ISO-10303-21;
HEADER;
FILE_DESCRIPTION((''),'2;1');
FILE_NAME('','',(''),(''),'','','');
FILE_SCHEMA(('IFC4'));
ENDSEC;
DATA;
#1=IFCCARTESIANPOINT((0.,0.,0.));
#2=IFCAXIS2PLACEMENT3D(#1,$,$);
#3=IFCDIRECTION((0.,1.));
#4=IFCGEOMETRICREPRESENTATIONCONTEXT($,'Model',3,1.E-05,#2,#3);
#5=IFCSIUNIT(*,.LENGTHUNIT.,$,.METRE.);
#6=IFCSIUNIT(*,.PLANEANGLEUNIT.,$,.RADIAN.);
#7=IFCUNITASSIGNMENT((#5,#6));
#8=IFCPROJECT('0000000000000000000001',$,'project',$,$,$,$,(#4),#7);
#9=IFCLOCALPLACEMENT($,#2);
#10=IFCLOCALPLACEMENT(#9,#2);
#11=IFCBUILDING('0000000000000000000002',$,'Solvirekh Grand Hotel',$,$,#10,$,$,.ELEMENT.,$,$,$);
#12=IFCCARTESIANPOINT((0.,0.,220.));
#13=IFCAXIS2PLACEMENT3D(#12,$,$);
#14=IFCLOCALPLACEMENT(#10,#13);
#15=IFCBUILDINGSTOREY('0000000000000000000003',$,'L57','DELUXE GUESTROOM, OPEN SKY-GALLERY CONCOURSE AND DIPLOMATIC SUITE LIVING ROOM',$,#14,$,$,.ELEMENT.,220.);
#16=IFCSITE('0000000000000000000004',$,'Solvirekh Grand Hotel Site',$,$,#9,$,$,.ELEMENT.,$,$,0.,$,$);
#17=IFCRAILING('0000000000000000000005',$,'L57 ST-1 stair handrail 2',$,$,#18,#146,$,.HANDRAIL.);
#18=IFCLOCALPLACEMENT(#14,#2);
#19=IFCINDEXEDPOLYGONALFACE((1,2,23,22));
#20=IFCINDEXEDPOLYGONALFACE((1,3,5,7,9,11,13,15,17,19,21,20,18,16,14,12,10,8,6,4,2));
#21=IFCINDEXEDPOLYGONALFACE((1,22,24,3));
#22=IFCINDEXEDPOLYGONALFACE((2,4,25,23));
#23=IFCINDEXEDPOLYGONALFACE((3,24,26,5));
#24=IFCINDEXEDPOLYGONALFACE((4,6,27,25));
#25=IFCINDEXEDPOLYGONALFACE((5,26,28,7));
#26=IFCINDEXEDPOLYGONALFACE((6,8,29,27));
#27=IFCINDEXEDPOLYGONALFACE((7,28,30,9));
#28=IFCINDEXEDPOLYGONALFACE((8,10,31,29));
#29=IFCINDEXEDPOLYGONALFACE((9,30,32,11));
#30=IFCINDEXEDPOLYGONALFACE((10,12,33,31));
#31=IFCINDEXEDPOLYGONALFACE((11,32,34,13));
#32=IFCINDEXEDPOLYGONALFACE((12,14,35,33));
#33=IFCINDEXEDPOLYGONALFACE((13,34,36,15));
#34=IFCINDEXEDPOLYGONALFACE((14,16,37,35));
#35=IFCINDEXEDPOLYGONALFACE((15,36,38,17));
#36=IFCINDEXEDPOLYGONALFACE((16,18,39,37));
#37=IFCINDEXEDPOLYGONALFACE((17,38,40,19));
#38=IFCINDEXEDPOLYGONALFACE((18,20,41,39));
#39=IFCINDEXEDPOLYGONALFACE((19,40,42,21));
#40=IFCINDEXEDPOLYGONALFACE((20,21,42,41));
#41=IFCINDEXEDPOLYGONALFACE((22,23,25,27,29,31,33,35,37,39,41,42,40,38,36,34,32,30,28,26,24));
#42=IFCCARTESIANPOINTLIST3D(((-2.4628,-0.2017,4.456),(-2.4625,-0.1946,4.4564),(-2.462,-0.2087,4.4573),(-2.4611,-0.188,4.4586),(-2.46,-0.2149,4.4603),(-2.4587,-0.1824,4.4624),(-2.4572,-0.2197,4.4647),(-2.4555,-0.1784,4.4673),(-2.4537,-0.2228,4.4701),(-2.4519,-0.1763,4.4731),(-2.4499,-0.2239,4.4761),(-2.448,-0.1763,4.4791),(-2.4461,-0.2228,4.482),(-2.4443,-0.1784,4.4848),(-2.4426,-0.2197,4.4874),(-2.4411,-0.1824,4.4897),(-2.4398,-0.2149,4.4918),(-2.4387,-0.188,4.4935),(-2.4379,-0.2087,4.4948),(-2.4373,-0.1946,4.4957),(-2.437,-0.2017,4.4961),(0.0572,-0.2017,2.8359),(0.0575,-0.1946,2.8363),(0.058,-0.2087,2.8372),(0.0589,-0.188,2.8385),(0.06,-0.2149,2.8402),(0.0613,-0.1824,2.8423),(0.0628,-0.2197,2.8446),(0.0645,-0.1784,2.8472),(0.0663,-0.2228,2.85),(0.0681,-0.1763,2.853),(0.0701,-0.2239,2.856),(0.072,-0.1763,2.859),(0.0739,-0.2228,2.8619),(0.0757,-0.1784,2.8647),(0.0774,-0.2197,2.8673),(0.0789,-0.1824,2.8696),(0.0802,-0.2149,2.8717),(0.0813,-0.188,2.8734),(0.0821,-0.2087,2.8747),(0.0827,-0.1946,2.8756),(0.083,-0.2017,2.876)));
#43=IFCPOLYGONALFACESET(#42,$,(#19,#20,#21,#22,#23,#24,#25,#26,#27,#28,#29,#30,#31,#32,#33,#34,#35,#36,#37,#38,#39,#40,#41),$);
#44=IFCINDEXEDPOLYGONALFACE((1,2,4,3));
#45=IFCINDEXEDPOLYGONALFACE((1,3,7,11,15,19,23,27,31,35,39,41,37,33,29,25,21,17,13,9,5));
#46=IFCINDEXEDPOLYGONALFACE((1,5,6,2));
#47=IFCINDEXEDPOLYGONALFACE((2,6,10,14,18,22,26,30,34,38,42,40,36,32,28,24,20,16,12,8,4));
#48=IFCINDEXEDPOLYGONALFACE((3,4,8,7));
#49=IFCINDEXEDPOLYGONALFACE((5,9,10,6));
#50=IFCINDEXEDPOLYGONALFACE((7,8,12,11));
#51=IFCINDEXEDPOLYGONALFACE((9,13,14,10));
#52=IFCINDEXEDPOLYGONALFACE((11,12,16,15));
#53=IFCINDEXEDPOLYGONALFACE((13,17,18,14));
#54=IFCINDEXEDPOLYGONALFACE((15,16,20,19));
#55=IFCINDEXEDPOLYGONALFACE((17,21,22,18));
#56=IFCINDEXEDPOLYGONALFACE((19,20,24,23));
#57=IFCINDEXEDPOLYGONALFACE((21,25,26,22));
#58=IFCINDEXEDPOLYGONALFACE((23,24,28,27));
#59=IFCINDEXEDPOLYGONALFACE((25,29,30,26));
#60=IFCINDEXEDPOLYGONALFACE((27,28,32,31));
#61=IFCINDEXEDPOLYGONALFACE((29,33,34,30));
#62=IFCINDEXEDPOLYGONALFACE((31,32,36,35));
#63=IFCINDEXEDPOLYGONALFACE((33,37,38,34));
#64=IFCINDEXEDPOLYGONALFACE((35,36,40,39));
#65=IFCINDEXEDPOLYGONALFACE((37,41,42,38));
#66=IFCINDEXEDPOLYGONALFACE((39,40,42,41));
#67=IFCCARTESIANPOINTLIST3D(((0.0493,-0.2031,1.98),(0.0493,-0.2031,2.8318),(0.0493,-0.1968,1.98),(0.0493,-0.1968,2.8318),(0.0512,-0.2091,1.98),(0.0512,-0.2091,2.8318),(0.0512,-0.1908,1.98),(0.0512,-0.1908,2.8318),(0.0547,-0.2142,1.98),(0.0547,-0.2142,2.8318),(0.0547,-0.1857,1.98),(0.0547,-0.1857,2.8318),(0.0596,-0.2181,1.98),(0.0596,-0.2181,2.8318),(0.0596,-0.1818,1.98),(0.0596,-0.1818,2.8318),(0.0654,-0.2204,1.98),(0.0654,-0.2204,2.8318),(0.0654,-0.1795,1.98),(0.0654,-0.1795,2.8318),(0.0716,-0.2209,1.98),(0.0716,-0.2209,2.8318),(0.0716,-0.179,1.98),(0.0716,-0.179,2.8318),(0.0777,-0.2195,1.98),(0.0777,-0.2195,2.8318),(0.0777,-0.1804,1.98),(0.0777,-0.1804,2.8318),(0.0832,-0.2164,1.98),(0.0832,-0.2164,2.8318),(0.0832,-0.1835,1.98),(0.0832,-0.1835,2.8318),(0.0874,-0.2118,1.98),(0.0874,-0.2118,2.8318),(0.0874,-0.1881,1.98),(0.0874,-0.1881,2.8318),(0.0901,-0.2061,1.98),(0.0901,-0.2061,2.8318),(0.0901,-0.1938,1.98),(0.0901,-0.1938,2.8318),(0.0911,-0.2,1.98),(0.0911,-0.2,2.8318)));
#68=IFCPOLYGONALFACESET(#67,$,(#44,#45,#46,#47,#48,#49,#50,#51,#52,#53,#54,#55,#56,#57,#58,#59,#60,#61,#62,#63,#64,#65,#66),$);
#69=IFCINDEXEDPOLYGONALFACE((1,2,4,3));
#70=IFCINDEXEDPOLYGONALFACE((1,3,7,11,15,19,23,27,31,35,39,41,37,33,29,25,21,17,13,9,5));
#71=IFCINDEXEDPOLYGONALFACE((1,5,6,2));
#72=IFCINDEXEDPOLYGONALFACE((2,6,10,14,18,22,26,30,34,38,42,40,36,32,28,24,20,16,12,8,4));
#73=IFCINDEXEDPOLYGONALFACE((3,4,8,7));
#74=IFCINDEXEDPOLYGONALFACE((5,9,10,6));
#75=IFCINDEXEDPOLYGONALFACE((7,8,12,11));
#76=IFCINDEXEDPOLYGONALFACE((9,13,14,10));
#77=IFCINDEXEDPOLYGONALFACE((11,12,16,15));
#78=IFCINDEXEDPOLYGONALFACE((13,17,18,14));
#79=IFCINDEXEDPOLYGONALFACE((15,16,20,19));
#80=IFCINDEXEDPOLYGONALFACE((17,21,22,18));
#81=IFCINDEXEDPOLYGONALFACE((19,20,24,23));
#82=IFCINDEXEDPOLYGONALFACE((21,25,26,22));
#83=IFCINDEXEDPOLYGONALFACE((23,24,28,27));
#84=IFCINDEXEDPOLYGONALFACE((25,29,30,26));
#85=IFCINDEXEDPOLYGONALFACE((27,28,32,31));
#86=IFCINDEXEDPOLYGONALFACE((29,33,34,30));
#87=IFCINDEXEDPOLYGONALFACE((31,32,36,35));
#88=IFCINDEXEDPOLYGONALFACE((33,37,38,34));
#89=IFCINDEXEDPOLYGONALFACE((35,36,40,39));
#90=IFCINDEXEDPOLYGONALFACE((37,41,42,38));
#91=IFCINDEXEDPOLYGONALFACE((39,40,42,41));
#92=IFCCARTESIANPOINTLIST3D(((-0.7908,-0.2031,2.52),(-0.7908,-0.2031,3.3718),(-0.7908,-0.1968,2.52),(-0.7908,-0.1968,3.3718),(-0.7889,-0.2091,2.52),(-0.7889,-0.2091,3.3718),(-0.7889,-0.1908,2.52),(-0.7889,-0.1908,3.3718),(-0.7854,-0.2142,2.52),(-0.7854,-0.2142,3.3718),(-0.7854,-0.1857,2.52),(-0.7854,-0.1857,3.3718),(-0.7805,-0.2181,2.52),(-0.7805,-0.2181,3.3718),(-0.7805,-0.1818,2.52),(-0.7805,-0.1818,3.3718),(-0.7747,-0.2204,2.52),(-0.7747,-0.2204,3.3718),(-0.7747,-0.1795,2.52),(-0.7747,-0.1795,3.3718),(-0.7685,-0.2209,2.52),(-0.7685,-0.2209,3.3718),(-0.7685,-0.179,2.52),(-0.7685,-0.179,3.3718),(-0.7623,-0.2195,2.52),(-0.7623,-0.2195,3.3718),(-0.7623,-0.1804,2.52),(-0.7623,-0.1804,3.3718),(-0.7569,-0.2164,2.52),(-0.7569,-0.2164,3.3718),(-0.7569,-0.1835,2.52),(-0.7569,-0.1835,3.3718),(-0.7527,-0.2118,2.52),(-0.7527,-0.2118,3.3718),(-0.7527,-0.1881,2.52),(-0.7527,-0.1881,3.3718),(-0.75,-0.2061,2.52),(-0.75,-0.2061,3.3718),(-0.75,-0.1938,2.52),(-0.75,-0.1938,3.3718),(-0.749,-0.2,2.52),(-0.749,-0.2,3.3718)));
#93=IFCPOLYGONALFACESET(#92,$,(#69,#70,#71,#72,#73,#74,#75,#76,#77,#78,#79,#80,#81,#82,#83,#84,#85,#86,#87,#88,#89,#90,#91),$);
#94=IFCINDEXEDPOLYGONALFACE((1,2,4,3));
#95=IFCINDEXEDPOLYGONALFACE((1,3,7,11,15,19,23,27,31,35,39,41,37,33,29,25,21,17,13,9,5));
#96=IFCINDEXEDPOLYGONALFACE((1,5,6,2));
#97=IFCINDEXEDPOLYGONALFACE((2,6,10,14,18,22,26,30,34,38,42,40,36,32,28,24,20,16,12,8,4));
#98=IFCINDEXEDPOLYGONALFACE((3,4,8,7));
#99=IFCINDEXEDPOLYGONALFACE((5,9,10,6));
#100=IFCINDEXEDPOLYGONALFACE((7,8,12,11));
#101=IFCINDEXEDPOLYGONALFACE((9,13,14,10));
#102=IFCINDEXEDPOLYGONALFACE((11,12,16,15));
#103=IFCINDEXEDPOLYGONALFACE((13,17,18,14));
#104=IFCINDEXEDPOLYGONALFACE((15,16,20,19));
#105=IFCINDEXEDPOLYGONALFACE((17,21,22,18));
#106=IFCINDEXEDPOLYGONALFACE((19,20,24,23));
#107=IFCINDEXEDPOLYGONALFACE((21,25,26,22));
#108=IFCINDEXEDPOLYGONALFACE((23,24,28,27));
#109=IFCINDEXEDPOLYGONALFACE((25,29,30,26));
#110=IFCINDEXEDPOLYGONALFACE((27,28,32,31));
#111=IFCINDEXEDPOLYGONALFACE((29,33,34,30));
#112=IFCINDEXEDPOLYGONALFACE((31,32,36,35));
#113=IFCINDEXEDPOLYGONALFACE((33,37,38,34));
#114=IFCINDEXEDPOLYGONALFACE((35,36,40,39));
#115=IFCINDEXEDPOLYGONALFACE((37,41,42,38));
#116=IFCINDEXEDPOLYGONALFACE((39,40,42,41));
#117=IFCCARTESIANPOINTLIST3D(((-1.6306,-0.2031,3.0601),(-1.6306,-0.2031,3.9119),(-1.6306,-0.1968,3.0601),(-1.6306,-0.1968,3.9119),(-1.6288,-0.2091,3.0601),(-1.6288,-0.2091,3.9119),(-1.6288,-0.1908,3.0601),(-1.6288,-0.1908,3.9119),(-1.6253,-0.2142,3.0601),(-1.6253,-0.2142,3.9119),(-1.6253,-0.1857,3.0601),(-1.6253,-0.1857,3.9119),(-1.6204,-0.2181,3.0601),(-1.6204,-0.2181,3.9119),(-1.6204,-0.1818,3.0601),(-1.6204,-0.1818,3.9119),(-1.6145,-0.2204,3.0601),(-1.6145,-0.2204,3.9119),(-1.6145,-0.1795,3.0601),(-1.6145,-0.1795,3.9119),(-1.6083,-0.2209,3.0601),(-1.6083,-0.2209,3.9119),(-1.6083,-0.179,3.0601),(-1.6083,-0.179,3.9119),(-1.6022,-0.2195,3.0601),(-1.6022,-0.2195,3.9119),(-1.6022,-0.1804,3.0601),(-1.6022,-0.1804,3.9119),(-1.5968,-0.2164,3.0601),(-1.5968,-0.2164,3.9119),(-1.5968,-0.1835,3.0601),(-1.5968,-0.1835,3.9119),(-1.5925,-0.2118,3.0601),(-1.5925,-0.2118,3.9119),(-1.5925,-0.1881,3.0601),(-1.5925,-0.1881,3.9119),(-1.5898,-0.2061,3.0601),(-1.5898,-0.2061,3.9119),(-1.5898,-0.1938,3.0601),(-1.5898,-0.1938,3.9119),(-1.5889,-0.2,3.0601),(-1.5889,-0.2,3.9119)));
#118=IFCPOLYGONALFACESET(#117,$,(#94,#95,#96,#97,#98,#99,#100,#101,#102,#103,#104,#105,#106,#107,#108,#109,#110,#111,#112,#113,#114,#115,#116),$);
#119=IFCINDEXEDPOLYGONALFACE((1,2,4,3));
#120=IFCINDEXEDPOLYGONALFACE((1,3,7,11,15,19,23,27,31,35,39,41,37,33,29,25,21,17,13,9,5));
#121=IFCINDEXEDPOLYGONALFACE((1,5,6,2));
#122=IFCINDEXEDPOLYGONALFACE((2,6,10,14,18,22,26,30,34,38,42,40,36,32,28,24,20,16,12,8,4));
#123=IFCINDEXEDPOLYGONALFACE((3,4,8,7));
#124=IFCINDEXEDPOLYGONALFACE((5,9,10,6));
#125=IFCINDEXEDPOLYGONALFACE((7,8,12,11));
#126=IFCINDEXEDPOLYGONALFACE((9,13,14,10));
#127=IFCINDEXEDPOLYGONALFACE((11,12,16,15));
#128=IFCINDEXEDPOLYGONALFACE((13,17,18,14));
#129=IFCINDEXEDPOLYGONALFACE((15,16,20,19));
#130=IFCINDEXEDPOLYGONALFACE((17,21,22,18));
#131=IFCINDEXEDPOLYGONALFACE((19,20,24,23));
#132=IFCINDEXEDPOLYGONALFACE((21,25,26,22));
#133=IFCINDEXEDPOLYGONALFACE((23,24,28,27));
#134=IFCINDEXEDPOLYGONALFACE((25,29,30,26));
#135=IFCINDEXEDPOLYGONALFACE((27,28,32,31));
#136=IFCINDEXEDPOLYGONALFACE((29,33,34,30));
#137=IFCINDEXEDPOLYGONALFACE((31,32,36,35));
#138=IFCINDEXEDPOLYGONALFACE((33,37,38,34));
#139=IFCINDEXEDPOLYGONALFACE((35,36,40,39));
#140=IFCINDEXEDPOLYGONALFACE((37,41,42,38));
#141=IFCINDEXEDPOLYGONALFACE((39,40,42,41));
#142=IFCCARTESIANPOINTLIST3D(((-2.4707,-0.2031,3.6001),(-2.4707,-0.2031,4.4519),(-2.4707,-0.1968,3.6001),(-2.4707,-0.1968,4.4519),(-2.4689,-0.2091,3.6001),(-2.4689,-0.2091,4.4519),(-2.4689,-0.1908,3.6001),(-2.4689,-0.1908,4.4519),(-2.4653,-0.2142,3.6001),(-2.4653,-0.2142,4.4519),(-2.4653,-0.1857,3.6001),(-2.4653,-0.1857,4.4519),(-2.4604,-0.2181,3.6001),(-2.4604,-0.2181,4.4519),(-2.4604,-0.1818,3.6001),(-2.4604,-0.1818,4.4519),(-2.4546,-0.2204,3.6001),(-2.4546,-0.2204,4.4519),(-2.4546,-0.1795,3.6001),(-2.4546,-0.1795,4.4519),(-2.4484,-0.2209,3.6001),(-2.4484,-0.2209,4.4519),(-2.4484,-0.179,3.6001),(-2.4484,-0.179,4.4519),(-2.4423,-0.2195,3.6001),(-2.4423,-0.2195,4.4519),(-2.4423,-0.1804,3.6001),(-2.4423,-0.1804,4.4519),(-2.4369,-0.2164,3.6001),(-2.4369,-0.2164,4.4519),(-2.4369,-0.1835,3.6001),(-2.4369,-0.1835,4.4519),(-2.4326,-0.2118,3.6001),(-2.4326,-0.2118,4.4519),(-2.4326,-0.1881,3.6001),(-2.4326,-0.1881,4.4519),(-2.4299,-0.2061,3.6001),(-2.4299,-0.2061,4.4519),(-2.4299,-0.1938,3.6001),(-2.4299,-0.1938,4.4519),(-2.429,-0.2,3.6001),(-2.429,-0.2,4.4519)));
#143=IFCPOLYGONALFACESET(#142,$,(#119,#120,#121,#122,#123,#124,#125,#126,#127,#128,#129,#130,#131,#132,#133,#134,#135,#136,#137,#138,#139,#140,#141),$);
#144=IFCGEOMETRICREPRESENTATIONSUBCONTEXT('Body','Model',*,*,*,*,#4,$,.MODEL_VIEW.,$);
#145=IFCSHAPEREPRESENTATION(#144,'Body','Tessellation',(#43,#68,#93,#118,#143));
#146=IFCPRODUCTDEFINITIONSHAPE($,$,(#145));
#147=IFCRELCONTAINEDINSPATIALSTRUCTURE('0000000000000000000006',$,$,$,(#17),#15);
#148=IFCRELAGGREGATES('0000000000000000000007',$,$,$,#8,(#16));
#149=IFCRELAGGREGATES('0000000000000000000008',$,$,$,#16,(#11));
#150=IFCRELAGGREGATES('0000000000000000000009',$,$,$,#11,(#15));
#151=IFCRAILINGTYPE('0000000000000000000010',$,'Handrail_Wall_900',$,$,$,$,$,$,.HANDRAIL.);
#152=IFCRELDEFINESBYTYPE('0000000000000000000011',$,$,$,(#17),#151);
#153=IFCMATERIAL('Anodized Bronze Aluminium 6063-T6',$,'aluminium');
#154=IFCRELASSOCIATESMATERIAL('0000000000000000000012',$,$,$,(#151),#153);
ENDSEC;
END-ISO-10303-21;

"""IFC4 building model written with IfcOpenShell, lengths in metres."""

from ifc_helpers import new_model, si_unit, direction, frame, origin, origin_2d, place, context, subcontext, project, spatial, circle, extrude, material, type_object, element, save


model = new_model("IFC4")

# Units and contexts
model_context = context("Model", 3, precision=1e-05, world=origin(), true_north=direction((0.0, 1.0)))
body_context = subcontext(model_context, "Body", "Model", "MODEL_VIEW")
ifc_project = project(units=[si_unit("LENGTHUNIT", "METRE"), si_unit("PLANEANGLEUNIT", "RADIAN")], contexts=[model_context])

# Site, building, storey
site_placement = place(None, origin())
site = spatial("IfcSite", under=ifc_project, at=site_placement, Name="Solvirekh Grand Hotel Site", CompositionType="ELEMENT", RefElevation=0.0)
building_placement = place(site_placement, origin())
building = spatial("IfcBuilding", under=site, at=building_placement, Name="Solvirekh Grand Hotel", CompositionType="ELEMENT")
storey_placement = place(building_placement, frame((0.0, 0.0, 220.0)))
storey = spatial("IfcBuildingStorey", under=building, at=storey_placement, Name="L57", Description="DELUXE GUESTROOM, OPEN SKY-GALLERY CONCOURSE AND DIPLOMATIC SUITE LIVING ROOM", CompositionType="ELEMENT", Elevation=220.0)

# Railing
ifc_material_1 = material(Name="Anodized Bronze Aluminium 6063-T6", Category="aluminium")
railing_type_1 = type_object("IfcRailingType", Name="Handrail_Wall_900", PredefinedType="HANDRAIL", material=ifc_material_1)
railing_1_placement = place(storey_placement, frame((0.0701, -0.2, 1.98)))
element("IfcRailing", 1, at=railing_1_placement, inside=storey, type_object=railing_type_1, Name="L57 ST-1 stair handrail 2", PredefinedType="HANDRAIL", context=body_context, shape_type="SweptSolid", body=[
    extrude(circle(Radius=0.0239, at=origin_2d()), frame((0.0, 0.0, 0.876), z_axis=(-0.841163, 0.0, 0.540782), x_axis=(0.0, -1.0, 0.0)), (0.0, 0.0, 1.0), 2.9958),
    extrude(circle(Radius=0.021, at=origin_2d()), origin(), (0.0, 0.0, 1.0), 0.8518),
    extrude(circle(Radius=0.021, at=origin_2d()), frame((-0.8401, 0.0, 0.54)), (0.0, 0.0, 1.0), 0.8518),
    extrude(circle(Radius=0.021, at=origin_2d()), frame((-1.6799, 0.0, 1.0801)), (0.0, 0.0, 1.0), 0.8518),
    extrude(circle(Radius=0.021, at=origin_2d()), frame((-2.52, 0.0, 1.6201)), (0.0, 0.0, 1.0), 0.8518),
])

save(model, "model.ifc")
